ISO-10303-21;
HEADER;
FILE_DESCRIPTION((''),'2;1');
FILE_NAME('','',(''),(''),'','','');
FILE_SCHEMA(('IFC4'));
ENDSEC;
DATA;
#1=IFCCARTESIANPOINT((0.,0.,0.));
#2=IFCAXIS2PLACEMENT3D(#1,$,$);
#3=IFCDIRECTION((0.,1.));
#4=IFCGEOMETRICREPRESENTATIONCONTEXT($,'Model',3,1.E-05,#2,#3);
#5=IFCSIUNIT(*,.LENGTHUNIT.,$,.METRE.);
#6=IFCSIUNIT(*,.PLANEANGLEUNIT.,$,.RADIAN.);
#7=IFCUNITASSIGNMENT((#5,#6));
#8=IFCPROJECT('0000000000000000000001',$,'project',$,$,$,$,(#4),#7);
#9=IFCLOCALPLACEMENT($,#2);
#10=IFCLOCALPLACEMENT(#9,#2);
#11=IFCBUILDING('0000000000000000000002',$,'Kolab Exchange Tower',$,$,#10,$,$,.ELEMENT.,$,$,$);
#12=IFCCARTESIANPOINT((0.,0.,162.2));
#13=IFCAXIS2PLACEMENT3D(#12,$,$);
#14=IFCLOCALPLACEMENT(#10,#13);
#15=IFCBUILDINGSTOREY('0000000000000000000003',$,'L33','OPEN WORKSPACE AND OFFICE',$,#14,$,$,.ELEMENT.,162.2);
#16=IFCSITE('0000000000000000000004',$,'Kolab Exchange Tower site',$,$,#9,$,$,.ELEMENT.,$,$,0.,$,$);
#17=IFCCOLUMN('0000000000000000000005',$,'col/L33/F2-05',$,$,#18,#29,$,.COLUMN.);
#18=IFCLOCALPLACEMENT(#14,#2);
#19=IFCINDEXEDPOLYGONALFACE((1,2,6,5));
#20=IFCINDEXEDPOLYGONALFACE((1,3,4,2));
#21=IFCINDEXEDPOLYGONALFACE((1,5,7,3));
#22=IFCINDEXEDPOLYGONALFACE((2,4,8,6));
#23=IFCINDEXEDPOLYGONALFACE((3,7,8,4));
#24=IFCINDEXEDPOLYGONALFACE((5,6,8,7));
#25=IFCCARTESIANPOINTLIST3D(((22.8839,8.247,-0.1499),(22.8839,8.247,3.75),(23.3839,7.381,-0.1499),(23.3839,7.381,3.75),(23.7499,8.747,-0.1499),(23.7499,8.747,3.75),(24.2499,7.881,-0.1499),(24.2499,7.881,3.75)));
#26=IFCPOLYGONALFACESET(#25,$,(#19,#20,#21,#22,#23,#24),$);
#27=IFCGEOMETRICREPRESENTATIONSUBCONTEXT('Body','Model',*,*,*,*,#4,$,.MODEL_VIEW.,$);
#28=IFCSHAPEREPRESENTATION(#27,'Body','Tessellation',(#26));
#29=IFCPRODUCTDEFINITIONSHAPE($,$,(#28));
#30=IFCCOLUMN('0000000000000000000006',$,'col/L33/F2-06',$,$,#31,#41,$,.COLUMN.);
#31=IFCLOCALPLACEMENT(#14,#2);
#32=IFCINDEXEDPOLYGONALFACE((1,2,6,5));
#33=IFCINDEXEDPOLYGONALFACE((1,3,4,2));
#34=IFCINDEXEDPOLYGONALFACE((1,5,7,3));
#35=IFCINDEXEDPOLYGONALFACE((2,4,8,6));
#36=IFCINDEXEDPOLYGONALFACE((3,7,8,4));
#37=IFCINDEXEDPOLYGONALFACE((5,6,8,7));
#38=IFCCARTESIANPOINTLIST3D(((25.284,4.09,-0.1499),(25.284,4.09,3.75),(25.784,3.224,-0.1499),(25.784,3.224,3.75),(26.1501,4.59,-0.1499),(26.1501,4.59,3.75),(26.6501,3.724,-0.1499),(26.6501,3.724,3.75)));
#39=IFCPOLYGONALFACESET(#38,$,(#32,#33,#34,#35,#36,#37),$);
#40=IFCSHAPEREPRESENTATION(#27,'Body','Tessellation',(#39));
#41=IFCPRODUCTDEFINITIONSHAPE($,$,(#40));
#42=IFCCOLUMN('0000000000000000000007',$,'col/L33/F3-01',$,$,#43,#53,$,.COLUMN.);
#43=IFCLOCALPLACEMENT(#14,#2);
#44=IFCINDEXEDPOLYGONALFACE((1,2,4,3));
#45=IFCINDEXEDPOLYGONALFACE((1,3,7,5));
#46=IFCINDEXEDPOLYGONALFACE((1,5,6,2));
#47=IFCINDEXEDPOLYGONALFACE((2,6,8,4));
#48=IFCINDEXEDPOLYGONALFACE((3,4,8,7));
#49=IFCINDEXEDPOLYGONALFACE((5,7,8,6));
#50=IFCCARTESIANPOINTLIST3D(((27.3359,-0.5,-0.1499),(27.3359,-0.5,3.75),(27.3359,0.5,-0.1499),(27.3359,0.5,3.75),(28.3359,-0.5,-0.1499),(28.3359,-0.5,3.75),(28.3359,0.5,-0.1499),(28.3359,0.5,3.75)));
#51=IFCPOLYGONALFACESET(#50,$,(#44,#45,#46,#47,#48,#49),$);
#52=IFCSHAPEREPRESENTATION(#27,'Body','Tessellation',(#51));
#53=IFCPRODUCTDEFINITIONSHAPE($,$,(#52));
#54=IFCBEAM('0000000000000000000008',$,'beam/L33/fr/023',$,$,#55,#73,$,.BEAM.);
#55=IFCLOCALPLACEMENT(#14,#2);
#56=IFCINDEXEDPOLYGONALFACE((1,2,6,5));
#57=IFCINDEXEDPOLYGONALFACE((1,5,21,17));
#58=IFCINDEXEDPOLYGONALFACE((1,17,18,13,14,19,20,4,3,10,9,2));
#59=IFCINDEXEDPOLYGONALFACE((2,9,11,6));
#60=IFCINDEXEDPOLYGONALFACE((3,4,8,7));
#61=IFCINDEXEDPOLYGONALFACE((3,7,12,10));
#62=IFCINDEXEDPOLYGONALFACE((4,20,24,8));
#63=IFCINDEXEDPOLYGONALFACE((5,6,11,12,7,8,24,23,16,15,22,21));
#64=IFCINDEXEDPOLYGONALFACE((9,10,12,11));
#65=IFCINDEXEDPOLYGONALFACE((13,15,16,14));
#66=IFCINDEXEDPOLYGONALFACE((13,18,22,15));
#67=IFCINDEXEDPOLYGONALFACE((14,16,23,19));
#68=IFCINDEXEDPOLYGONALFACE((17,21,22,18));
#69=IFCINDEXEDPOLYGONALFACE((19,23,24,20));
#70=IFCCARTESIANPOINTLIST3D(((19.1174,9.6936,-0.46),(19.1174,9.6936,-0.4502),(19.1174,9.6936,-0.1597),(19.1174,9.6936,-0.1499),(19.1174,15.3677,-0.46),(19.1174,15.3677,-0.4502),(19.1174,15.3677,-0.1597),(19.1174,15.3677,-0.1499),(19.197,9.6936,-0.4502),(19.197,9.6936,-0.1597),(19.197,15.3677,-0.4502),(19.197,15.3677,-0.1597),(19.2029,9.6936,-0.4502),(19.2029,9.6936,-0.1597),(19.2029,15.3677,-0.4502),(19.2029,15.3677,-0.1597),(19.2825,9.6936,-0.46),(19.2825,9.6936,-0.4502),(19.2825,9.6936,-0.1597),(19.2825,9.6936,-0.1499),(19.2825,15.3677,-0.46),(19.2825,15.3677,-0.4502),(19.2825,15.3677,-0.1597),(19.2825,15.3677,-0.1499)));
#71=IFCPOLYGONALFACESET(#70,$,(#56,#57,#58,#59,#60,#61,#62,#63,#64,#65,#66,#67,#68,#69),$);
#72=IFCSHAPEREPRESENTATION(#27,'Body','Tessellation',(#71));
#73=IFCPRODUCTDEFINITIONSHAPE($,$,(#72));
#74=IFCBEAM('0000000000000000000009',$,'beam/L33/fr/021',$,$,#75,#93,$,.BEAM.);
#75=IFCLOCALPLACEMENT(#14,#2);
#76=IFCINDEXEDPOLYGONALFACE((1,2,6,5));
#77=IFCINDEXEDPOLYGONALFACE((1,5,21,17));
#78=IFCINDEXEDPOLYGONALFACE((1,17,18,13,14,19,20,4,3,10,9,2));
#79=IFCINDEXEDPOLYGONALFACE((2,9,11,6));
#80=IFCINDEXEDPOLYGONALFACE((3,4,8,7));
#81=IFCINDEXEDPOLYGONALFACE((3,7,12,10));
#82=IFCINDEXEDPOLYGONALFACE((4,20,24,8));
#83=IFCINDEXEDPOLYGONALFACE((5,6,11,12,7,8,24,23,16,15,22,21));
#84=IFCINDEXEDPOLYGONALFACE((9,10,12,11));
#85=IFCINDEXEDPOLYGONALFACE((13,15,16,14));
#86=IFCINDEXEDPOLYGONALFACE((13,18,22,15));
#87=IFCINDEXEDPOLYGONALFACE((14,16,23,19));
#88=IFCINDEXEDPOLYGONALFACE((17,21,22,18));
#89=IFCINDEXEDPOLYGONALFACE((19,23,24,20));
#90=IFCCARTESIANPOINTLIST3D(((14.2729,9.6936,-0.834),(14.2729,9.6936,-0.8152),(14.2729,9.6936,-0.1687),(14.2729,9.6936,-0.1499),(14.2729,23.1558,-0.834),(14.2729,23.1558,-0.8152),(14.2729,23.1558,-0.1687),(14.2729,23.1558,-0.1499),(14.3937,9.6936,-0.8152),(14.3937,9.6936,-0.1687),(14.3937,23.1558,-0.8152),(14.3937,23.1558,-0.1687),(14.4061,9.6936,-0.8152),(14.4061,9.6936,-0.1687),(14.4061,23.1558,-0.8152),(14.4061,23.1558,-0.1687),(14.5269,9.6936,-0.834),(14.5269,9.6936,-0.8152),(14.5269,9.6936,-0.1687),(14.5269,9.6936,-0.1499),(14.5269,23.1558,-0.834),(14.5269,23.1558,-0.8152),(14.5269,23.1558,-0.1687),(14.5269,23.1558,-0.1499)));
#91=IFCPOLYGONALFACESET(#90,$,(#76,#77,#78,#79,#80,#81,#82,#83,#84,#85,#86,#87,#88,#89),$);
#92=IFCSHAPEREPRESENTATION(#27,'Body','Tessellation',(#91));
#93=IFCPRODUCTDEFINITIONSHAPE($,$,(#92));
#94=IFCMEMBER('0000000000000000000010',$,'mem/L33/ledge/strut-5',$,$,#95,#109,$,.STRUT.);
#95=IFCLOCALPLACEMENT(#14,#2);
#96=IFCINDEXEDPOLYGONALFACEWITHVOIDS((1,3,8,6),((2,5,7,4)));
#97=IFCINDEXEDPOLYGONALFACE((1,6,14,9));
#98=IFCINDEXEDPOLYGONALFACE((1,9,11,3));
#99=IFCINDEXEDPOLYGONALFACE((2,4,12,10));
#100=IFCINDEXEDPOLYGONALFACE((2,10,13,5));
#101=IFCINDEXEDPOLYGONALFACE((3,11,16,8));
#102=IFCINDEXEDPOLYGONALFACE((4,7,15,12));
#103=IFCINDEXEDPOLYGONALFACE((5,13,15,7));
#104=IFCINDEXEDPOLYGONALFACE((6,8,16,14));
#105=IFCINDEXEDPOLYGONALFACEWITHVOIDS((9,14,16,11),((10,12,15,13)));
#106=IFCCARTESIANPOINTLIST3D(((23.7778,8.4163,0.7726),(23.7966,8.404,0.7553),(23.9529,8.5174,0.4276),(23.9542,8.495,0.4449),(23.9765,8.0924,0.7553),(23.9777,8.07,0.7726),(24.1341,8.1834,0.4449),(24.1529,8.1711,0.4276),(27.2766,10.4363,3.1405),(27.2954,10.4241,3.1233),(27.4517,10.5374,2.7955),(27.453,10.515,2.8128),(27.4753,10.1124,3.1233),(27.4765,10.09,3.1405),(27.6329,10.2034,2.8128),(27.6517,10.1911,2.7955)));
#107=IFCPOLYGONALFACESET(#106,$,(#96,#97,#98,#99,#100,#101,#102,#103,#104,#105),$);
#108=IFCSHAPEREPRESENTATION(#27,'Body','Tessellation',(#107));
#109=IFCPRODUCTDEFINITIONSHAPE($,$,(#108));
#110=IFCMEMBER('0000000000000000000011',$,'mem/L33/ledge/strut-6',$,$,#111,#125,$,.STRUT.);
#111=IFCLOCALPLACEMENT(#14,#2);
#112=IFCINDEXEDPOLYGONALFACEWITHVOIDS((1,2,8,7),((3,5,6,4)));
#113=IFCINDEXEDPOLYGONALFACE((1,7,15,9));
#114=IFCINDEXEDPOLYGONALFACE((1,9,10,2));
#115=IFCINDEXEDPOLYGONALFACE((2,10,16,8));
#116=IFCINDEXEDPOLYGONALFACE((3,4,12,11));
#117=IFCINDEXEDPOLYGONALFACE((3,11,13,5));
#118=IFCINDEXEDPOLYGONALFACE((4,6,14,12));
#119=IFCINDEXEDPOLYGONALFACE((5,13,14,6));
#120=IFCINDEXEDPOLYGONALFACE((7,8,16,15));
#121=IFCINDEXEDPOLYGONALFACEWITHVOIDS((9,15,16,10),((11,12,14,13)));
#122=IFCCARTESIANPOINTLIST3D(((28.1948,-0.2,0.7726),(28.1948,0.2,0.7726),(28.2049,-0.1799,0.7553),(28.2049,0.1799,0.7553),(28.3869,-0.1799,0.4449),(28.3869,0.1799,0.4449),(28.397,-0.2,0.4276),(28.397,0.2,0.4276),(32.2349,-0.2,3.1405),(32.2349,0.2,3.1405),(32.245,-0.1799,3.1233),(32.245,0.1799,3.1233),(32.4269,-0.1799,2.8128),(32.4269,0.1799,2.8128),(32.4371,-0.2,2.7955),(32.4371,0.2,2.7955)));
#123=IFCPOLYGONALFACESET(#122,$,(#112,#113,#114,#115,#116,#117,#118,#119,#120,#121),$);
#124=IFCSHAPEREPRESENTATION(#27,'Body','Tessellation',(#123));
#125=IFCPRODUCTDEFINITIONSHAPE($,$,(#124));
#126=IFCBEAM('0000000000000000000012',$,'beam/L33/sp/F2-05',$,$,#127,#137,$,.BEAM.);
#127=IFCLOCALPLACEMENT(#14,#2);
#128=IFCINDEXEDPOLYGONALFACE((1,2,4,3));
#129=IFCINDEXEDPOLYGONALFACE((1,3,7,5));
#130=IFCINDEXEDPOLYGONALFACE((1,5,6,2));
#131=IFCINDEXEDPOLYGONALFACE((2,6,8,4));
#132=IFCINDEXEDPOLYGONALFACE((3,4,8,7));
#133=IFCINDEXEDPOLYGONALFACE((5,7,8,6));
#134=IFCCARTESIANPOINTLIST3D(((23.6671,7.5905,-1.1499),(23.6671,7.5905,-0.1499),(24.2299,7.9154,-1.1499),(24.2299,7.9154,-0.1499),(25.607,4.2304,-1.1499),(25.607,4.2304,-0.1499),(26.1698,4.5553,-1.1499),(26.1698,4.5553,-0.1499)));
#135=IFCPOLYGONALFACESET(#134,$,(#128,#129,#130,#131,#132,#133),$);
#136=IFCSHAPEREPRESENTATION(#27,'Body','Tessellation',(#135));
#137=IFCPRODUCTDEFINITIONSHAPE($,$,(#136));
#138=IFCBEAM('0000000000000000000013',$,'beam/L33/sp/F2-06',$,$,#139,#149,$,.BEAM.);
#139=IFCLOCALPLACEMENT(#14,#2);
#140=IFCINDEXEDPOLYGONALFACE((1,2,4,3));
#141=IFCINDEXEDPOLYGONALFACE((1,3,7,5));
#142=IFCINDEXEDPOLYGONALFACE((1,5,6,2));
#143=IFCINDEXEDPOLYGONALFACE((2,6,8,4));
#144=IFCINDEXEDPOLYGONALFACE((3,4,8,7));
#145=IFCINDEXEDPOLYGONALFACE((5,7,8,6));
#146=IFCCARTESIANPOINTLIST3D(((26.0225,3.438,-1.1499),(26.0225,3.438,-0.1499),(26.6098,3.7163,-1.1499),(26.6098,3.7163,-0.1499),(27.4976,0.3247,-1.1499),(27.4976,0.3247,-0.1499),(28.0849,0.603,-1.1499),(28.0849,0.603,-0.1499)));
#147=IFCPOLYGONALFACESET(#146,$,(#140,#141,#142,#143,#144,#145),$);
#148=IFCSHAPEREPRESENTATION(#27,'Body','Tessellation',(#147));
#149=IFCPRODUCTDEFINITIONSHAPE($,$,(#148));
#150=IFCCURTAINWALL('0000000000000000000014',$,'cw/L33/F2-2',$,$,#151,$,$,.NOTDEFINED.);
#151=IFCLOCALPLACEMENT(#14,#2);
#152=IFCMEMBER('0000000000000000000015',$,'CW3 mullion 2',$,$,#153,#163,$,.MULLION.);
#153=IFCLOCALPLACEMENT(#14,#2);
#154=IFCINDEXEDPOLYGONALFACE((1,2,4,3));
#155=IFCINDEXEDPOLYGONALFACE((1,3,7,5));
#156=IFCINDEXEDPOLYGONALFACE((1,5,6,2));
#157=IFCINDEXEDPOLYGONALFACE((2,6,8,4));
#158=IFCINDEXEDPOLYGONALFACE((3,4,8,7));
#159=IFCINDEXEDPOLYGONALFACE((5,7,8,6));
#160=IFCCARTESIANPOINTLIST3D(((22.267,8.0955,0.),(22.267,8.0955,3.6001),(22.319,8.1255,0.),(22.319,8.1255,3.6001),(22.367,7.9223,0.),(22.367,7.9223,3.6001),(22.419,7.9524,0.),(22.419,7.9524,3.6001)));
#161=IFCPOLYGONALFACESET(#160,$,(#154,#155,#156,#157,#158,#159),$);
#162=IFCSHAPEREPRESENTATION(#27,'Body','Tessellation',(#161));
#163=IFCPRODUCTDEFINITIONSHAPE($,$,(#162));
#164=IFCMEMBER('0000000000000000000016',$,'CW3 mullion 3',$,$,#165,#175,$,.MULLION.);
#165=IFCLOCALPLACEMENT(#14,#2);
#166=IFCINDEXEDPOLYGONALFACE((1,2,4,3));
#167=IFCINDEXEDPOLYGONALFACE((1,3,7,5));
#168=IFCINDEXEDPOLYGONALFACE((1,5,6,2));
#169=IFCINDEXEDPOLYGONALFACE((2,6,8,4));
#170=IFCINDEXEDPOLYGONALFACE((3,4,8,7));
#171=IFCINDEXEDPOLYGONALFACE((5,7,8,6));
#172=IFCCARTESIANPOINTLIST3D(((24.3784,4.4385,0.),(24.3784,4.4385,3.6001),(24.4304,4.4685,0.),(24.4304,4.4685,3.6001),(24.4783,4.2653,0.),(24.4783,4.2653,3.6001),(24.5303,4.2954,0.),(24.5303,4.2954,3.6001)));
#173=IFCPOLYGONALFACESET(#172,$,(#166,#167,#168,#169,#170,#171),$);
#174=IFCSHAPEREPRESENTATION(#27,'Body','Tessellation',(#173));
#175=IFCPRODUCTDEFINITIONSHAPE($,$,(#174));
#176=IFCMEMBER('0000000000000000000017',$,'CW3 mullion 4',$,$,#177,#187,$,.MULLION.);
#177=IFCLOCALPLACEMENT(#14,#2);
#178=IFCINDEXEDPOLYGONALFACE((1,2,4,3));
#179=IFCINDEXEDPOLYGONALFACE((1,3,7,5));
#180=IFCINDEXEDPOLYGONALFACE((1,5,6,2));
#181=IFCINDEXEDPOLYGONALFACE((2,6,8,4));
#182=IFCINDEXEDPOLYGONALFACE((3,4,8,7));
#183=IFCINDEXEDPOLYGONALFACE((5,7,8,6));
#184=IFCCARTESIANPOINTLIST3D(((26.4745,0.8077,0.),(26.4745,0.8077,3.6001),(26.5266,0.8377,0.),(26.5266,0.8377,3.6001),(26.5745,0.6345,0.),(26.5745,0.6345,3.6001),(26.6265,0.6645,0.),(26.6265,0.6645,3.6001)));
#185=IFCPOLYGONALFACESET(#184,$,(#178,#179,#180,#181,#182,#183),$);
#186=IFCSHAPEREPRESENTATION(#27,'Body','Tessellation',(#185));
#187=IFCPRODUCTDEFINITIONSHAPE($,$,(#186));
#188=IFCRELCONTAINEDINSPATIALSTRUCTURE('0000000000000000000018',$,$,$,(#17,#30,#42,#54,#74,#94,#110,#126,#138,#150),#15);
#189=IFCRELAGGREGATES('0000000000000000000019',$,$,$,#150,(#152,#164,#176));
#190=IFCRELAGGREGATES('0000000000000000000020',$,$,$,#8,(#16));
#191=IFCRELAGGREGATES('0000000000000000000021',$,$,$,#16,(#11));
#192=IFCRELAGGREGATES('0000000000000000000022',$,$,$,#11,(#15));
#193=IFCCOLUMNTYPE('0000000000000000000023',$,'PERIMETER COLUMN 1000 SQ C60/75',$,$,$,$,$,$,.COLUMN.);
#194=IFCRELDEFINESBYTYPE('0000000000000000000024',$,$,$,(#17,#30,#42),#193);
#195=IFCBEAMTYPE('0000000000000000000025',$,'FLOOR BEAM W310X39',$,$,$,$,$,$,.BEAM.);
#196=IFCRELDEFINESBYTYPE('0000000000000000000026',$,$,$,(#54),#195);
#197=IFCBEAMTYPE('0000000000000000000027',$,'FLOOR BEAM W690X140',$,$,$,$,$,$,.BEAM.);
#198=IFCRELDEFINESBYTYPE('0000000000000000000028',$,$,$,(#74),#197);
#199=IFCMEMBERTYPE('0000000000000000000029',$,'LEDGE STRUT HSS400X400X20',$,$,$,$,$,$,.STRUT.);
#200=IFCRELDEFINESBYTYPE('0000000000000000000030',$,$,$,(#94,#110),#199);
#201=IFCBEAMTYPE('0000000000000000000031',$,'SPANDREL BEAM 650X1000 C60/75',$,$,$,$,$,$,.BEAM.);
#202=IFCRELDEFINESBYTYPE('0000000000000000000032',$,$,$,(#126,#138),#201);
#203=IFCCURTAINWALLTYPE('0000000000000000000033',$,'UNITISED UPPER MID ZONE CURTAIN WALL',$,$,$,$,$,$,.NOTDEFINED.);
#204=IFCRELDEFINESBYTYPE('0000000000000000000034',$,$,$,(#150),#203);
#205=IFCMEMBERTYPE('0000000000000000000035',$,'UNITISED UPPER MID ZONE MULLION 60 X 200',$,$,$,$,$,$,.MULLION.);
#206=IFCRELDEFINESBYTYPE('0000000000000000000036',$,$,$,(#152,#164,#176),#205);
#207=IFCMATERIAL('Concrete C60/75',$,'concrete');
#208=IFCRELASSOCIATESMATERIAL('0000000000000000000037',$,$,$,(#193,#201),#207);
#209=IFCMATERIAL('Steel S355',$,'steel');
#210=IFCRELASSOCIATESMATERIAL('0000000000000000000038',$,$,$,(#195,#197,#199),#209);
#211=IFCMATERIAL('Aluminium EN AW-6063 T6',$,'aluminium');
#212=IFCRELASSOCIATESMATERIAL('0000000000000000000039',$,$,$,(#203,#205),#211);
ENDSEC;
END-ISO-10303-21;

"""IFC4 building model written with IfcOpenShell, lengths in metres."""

from ifc_helpers import new_model, si_unit, direction, frame, origin, origin_2d, place, context, subcontext, project, spatial, rectangle, hollow_rectangle, i_section, extrude, material, material_profile, profile_set, type_object, element, aggregate, save


model = new_model("IFC4")

# Units and contexts
model_context = context("Model", 3, precision=1e-05, world=origin(), true_north=direction((0.0, 1.0)))
body_context = subcontext(model_context, "Body", "Model", "MODEL_VIEW")
ifc_project = project(units=[si_unit("LENGTHUNIT", "METRE"), si_unit("PLANEANGLEUNIT", "RADIAN")], contexts=[model_context])

# Site, building, storey
site_placement = place(None, origin())
site = spatial("IfcSite", under=ifc_project, at=site_placement, Name="Kolab Exchange Tower site", CompositionType="ELEMENT", RefElevation=0.0)
building_placement = place(site_placement, origin())
building = spatial("IfcBuilding", under=site, at=building_placement, Name="Kolab Exchange Tower", CompositionType="ELEMENT")
storey_placement = place(building_placement, frame((0.0, 0.0, 162.2)))
storey = spatial("IfcBuildingStorey", under=building, at=storey_placement, Name="L33", Description="OPEN WORKSPACE AND OFFICE", CompositionType="ELEMENT", Elevation=162.2)

# Columns
ifc_material_1 = material(Name="Concrete C60/75", Category="concrete")
ifc_material_profile_1 = material_profile(ifc_material_1, rectangle(XDim=1.0, YDim=1.0, at=origin_2d()), Name="RC1000")
ifc_profile_set_1 = profile_set([ifc_material_profile_1], Name="Concrete C60/75")
column_type = type_object("IfcColumnType", Name="PERIMETER COLUMN 1000 SQ C60/75", PredefinedType="COLUMN", material=ifc_profile_set_1)
for number, where, z_axis, x_axis, name in (
    (1, (23.5669, 8.064, -0.1499), (0.0, 0.0, 1.0), (0.866025, 0.5, 0.0), "col/L33/F2-05"),
    (2, (25.967, 3.907, -0.1499), (0.0, 0.0, 1.0), (0.866025, 0.5, 0.0), "col/L33/F2-06"),
    (3, (27.8359, 0.0, -0.1499), (0.0, 0.0, 1.0), (1.0, 0.0, 0.0), "col/L33/F3-01"),
):
    element("IfcColumn", number, at=place(storey_placement, frame(where, z_axis=z_axis, x_axis=x_axis)), inside=storey, type_object=column_type, Name=name, PredefinedType="COLUMN", context=body_context, shape_type="SweptSolid", body=[
        extrude(rectangle(XDim=1.0, YDim=1.0, at=origin_2d()), origin(), (0.0, 0.0, 1.0), 3.8999),
    ])

# Beams
ifc_material_2 = material(Name="Steel S355", Category="steel")
ifc_material_profile_2 = material_profile(ifc_material_2, i_section(OverallWidth=0.165, OverallDepth=0.3101, WebThickness=0.0059, FlangeThickness=0.0098, at=origin_2d()), Name="W310X39")
ifc_profile_set_2 = profile_set([ifc_material_profile_2], Name="Steel S355")
beam_type_1 = type_object("IfcBeamType", Name="FLOOR BEAM W310X39", PredefinedType="BEAM", material=ifc_profile_set_2)
beam_1_placement = place(storey_placement, frame((19.2, 9.6936, -0.3049), z_axis=(0.0, 1.0, 0.0), x_axis=(-1.0, 0.0, 0.0)))
element("IfcBeam", 4, at=beam_1_placement, inside=storey, type_object=beam_type_1, Name="beam/L33/fr/023", PredefinedType="BEAM", context=body_context, shape_type="SweptSolid", body=[
    extrude(i_section(OverallWidth=0.165, OverallDepth=0.3101, WebThickness=0.0059, FlangeThickness=0.0098, at=origin_2d()), origin(), (0.0, 0.0, 1.0), 5.6741),
])
ifc_material_profile_3 = material_profile(ifc_material_2, i_section(OverallWidth=0.2539, OverallDepth=0.6841, WebThickness=0.0125, FlangeThickness=0.0188, at=origin_2d()), Name="W690X140")
ifc_profile_set_3 = profile_set([ifc_material_profile_3], Name="Steel S355")
beam_type_2 = type_object("IfcBeamType", Name="FLOOR BEAM W690X140", PredefinedType="BEAM", material=ifc_profile_set_3)
beam_2_placement = place(storey_placement, frame((14.3999, 9.6936, -0.4919), z_axis=(0.0, 1.0, 0.0), x_axis=(-1.0, 0.0, 0.0)))
element("IfcBeam", 5, at=beam_2_placement, inside=storey, type_object=beam_type_2, Name="beam/L33/fr/021", PredefinedType="BEAM", context=body_context, shape_type="SweptSolid", body=[
    extrude(i_section(OverallWidth=0.2539, OverallDepth=0.6841, WebThickness=0.0125, FlangeThickness=0.0188, at=origin_2d()), origin(), (0.0, 0.0, 1.0), 13.4622),
])

# Members
ifc_material_profile_4 = material_profile(ifc_material_2, hollow_rectangle(XDim=0.3999, YDim=0.3999, WallThickness=0.02, at=origin_2d()), Name="HSS400X400X20")
ifc_profile_set_4 = profile_set([ifc_material_profile_4], Name="Steel S355")
member_type_1 = type_object("IfcMemberType", Name="LEDGE STRUT HSS400X400X20", PredefinedType="STRUT", material=ifc_profile_set_4)
for number, where, z_axis, x_axis, name in (
    (6, (23.9653, 8.2937, 0.6001), (0.747149, 0.431366, 0.505659), (-0.5, 0.866026, 0.0), "mem/L33/ledge/strut-5"),
    (7, (28.2959, 0.0, 0.6001), (0.862733, 0.0, 0.505659), (0.0, 1.0, 0.0), "mem/L33/ledge/strut-6"),
):
    element("IfcMember", number, at=place(storey_placement, frame(where, z_axis=z_axis, x_axis=x_axis)), inside=storey, type_object=member_type_1, Name=name, PredefinedType="STRUT", context=body_context, shape_type="SweptSolid", body=[
        extrude(hollow_rectangle(XDim=0.3999, YDim=0.3999, WallThickness=0.02, at=origin_2d()), origin(), (0.0, 0.0, 1.0), 4.6829),
    ])

# Beams
ifc_material_profile_5 = material_profile(ifc_material_1, rectangle(XDim=0.6499, YDim=1.0, at=origin_2d()), Name="RC650X1000")
ifc_profile_set_5 = profile_set([ifc_material_profile_5], Name="Concrete C60/75")
beam_type_3 = type_object("IfcBeamType", Name="SPANDREL BEAM 650X1000 C60/75", PredefinedType="BEAM", material=ifc_profile_set_5)
beam_3_placement = place(storey_placement, frame((23.9485, 7.7529, -0.6499), z_axis=(0.499997, -0.866027, 0.0), x_axis=(0.866027, 0.499997, 0.0)))
element("IfcBeam", 8, at=beam_3_placement, inside=storey, type_object=beam_type_3, Name="beam/L33/sp/F2-05", PredefinedType="BEAM", context=body_context, shape_type="SweptSolid", body=[
    extrude(rectangle(XDim=0.6499, YDim=1.0, at=origin_2d()), origin(), (0.0, 0.0, 1.0), 3.8799),
])
beam_4_placement = place(storey_placement, frame((26.3162, 3.5771, -0.6499), z_axis=(0.428178, -0.903695, 0.0), x_axis=(0.903695, 0.428178, 0.0)))
element("IfcBeam", 9, at=beam_4_placement, inside=storey, type_object=beam_type_3, Name="beam/L33/sp/F2-06", PredefinedType="BEAM", context=body_context, shape_type="SweptSolid", body=[
    extrude(rectangle(XDim=0.6499, YDim=1.0, at=origin_2d()), origin(), (0.0, 0.0, 1.0), 3.4451),
])

# Curtain wall, members
ifc_material_3 = material(Name="Aluminium EN AW-6063 T6", Category="aluminium")
curtain_wall_type = type_object("IfcCurtainWallType", Name="UNITISED UPPER MID ZONE CURTAIN WALL", PredefinedType="NOTDEFINED", material=ifc_material_3)
curtain_wall_1_placement = place(storey_placement, origin())
curtain_wall_1 = element("IfcCurtainWall", 10, at=curtain_wall_1_placement, inside=storey, type_object=curtain_wall_type, Name="cw/L33/F2-2", PredefinedType="NOTDEFINED")
ifc_material_profile_6 = material_profile(ifc_material_3, rectangle(XDim=0.0601, YDim=0.2, at=origin_2d()), Name="RECT 60X200")
ifc_profile_set_6 = profile_set([ifc_material_profile_6], Name="Aluminium EN AW-6063 T6")
member_type_2 = type_object("IfcMemberType", Name="UNITISED UPPER MID ZONE MULLION 60 X 200", PredefinedType="MULLION", material=ifc_profile_set_6)
member_1_placement = place(storey_placement, frame((22.343, 8.0239, 0.0), z_axis=(0.0, 0.0, 1.0), x_axis=(0.866025, 0.5, 0.0)))
member_1 = element("IfcMember", 11, at=member_1_placement, type_object=member_type_2, Name="CW3 mullion 2", PredefinedType="MULLION", context=body_context, shape_type="SweptSolid", body=[
    extrude(rectangle(XDim=0.0601, YDim=0.2, at=origin_2d()), origin(), (0.0, 0.0, 1.0), 3.6001),
])
member_2_placement = place(storey_placement, frame((24.4543, 4.3669, 0.0), z_axis=(0.0, 0.0, 1.0), x_axis=(0.866025, 0.5, 0.0)))
member_2 = element("IfcMember", 12, at=member_2_placement, type_object=member_type_2, Name="CW3 mullion 3", PredefinedType="MULLION", context=body_context, shape_type="SweptSolid", body=[
    extrude(rectangle(XDim=0.0601, YDim=0.2, at=origin_2d()), origin(), (0.0, 0.0, 1.0), 3.6001),
])
member_3_placement = place(storey_placement, frame((26.5505, 0.7361, 0.0), z_axis=(0.0, 0.0, 1.0), x_axis=(0.866025, 0.5, 0.0)))
member_3 = element("IfcMember", 13, at=member_3_placement, type_object=member_type_2, Name="CW3 mullion 4", PredefinedType="MULLION", context=body_context, shape_type="SweptSolid", body=[
    extrude(rectangle(XDim=0.0601, YDim=0.2, at=origin_2d()), origin(), (0.0, 0.0, 1.0), 3.6001),
])

aggregate(curtain_wall_1, [member_1, member_2, member_3])

save(model, "model.ifc")
